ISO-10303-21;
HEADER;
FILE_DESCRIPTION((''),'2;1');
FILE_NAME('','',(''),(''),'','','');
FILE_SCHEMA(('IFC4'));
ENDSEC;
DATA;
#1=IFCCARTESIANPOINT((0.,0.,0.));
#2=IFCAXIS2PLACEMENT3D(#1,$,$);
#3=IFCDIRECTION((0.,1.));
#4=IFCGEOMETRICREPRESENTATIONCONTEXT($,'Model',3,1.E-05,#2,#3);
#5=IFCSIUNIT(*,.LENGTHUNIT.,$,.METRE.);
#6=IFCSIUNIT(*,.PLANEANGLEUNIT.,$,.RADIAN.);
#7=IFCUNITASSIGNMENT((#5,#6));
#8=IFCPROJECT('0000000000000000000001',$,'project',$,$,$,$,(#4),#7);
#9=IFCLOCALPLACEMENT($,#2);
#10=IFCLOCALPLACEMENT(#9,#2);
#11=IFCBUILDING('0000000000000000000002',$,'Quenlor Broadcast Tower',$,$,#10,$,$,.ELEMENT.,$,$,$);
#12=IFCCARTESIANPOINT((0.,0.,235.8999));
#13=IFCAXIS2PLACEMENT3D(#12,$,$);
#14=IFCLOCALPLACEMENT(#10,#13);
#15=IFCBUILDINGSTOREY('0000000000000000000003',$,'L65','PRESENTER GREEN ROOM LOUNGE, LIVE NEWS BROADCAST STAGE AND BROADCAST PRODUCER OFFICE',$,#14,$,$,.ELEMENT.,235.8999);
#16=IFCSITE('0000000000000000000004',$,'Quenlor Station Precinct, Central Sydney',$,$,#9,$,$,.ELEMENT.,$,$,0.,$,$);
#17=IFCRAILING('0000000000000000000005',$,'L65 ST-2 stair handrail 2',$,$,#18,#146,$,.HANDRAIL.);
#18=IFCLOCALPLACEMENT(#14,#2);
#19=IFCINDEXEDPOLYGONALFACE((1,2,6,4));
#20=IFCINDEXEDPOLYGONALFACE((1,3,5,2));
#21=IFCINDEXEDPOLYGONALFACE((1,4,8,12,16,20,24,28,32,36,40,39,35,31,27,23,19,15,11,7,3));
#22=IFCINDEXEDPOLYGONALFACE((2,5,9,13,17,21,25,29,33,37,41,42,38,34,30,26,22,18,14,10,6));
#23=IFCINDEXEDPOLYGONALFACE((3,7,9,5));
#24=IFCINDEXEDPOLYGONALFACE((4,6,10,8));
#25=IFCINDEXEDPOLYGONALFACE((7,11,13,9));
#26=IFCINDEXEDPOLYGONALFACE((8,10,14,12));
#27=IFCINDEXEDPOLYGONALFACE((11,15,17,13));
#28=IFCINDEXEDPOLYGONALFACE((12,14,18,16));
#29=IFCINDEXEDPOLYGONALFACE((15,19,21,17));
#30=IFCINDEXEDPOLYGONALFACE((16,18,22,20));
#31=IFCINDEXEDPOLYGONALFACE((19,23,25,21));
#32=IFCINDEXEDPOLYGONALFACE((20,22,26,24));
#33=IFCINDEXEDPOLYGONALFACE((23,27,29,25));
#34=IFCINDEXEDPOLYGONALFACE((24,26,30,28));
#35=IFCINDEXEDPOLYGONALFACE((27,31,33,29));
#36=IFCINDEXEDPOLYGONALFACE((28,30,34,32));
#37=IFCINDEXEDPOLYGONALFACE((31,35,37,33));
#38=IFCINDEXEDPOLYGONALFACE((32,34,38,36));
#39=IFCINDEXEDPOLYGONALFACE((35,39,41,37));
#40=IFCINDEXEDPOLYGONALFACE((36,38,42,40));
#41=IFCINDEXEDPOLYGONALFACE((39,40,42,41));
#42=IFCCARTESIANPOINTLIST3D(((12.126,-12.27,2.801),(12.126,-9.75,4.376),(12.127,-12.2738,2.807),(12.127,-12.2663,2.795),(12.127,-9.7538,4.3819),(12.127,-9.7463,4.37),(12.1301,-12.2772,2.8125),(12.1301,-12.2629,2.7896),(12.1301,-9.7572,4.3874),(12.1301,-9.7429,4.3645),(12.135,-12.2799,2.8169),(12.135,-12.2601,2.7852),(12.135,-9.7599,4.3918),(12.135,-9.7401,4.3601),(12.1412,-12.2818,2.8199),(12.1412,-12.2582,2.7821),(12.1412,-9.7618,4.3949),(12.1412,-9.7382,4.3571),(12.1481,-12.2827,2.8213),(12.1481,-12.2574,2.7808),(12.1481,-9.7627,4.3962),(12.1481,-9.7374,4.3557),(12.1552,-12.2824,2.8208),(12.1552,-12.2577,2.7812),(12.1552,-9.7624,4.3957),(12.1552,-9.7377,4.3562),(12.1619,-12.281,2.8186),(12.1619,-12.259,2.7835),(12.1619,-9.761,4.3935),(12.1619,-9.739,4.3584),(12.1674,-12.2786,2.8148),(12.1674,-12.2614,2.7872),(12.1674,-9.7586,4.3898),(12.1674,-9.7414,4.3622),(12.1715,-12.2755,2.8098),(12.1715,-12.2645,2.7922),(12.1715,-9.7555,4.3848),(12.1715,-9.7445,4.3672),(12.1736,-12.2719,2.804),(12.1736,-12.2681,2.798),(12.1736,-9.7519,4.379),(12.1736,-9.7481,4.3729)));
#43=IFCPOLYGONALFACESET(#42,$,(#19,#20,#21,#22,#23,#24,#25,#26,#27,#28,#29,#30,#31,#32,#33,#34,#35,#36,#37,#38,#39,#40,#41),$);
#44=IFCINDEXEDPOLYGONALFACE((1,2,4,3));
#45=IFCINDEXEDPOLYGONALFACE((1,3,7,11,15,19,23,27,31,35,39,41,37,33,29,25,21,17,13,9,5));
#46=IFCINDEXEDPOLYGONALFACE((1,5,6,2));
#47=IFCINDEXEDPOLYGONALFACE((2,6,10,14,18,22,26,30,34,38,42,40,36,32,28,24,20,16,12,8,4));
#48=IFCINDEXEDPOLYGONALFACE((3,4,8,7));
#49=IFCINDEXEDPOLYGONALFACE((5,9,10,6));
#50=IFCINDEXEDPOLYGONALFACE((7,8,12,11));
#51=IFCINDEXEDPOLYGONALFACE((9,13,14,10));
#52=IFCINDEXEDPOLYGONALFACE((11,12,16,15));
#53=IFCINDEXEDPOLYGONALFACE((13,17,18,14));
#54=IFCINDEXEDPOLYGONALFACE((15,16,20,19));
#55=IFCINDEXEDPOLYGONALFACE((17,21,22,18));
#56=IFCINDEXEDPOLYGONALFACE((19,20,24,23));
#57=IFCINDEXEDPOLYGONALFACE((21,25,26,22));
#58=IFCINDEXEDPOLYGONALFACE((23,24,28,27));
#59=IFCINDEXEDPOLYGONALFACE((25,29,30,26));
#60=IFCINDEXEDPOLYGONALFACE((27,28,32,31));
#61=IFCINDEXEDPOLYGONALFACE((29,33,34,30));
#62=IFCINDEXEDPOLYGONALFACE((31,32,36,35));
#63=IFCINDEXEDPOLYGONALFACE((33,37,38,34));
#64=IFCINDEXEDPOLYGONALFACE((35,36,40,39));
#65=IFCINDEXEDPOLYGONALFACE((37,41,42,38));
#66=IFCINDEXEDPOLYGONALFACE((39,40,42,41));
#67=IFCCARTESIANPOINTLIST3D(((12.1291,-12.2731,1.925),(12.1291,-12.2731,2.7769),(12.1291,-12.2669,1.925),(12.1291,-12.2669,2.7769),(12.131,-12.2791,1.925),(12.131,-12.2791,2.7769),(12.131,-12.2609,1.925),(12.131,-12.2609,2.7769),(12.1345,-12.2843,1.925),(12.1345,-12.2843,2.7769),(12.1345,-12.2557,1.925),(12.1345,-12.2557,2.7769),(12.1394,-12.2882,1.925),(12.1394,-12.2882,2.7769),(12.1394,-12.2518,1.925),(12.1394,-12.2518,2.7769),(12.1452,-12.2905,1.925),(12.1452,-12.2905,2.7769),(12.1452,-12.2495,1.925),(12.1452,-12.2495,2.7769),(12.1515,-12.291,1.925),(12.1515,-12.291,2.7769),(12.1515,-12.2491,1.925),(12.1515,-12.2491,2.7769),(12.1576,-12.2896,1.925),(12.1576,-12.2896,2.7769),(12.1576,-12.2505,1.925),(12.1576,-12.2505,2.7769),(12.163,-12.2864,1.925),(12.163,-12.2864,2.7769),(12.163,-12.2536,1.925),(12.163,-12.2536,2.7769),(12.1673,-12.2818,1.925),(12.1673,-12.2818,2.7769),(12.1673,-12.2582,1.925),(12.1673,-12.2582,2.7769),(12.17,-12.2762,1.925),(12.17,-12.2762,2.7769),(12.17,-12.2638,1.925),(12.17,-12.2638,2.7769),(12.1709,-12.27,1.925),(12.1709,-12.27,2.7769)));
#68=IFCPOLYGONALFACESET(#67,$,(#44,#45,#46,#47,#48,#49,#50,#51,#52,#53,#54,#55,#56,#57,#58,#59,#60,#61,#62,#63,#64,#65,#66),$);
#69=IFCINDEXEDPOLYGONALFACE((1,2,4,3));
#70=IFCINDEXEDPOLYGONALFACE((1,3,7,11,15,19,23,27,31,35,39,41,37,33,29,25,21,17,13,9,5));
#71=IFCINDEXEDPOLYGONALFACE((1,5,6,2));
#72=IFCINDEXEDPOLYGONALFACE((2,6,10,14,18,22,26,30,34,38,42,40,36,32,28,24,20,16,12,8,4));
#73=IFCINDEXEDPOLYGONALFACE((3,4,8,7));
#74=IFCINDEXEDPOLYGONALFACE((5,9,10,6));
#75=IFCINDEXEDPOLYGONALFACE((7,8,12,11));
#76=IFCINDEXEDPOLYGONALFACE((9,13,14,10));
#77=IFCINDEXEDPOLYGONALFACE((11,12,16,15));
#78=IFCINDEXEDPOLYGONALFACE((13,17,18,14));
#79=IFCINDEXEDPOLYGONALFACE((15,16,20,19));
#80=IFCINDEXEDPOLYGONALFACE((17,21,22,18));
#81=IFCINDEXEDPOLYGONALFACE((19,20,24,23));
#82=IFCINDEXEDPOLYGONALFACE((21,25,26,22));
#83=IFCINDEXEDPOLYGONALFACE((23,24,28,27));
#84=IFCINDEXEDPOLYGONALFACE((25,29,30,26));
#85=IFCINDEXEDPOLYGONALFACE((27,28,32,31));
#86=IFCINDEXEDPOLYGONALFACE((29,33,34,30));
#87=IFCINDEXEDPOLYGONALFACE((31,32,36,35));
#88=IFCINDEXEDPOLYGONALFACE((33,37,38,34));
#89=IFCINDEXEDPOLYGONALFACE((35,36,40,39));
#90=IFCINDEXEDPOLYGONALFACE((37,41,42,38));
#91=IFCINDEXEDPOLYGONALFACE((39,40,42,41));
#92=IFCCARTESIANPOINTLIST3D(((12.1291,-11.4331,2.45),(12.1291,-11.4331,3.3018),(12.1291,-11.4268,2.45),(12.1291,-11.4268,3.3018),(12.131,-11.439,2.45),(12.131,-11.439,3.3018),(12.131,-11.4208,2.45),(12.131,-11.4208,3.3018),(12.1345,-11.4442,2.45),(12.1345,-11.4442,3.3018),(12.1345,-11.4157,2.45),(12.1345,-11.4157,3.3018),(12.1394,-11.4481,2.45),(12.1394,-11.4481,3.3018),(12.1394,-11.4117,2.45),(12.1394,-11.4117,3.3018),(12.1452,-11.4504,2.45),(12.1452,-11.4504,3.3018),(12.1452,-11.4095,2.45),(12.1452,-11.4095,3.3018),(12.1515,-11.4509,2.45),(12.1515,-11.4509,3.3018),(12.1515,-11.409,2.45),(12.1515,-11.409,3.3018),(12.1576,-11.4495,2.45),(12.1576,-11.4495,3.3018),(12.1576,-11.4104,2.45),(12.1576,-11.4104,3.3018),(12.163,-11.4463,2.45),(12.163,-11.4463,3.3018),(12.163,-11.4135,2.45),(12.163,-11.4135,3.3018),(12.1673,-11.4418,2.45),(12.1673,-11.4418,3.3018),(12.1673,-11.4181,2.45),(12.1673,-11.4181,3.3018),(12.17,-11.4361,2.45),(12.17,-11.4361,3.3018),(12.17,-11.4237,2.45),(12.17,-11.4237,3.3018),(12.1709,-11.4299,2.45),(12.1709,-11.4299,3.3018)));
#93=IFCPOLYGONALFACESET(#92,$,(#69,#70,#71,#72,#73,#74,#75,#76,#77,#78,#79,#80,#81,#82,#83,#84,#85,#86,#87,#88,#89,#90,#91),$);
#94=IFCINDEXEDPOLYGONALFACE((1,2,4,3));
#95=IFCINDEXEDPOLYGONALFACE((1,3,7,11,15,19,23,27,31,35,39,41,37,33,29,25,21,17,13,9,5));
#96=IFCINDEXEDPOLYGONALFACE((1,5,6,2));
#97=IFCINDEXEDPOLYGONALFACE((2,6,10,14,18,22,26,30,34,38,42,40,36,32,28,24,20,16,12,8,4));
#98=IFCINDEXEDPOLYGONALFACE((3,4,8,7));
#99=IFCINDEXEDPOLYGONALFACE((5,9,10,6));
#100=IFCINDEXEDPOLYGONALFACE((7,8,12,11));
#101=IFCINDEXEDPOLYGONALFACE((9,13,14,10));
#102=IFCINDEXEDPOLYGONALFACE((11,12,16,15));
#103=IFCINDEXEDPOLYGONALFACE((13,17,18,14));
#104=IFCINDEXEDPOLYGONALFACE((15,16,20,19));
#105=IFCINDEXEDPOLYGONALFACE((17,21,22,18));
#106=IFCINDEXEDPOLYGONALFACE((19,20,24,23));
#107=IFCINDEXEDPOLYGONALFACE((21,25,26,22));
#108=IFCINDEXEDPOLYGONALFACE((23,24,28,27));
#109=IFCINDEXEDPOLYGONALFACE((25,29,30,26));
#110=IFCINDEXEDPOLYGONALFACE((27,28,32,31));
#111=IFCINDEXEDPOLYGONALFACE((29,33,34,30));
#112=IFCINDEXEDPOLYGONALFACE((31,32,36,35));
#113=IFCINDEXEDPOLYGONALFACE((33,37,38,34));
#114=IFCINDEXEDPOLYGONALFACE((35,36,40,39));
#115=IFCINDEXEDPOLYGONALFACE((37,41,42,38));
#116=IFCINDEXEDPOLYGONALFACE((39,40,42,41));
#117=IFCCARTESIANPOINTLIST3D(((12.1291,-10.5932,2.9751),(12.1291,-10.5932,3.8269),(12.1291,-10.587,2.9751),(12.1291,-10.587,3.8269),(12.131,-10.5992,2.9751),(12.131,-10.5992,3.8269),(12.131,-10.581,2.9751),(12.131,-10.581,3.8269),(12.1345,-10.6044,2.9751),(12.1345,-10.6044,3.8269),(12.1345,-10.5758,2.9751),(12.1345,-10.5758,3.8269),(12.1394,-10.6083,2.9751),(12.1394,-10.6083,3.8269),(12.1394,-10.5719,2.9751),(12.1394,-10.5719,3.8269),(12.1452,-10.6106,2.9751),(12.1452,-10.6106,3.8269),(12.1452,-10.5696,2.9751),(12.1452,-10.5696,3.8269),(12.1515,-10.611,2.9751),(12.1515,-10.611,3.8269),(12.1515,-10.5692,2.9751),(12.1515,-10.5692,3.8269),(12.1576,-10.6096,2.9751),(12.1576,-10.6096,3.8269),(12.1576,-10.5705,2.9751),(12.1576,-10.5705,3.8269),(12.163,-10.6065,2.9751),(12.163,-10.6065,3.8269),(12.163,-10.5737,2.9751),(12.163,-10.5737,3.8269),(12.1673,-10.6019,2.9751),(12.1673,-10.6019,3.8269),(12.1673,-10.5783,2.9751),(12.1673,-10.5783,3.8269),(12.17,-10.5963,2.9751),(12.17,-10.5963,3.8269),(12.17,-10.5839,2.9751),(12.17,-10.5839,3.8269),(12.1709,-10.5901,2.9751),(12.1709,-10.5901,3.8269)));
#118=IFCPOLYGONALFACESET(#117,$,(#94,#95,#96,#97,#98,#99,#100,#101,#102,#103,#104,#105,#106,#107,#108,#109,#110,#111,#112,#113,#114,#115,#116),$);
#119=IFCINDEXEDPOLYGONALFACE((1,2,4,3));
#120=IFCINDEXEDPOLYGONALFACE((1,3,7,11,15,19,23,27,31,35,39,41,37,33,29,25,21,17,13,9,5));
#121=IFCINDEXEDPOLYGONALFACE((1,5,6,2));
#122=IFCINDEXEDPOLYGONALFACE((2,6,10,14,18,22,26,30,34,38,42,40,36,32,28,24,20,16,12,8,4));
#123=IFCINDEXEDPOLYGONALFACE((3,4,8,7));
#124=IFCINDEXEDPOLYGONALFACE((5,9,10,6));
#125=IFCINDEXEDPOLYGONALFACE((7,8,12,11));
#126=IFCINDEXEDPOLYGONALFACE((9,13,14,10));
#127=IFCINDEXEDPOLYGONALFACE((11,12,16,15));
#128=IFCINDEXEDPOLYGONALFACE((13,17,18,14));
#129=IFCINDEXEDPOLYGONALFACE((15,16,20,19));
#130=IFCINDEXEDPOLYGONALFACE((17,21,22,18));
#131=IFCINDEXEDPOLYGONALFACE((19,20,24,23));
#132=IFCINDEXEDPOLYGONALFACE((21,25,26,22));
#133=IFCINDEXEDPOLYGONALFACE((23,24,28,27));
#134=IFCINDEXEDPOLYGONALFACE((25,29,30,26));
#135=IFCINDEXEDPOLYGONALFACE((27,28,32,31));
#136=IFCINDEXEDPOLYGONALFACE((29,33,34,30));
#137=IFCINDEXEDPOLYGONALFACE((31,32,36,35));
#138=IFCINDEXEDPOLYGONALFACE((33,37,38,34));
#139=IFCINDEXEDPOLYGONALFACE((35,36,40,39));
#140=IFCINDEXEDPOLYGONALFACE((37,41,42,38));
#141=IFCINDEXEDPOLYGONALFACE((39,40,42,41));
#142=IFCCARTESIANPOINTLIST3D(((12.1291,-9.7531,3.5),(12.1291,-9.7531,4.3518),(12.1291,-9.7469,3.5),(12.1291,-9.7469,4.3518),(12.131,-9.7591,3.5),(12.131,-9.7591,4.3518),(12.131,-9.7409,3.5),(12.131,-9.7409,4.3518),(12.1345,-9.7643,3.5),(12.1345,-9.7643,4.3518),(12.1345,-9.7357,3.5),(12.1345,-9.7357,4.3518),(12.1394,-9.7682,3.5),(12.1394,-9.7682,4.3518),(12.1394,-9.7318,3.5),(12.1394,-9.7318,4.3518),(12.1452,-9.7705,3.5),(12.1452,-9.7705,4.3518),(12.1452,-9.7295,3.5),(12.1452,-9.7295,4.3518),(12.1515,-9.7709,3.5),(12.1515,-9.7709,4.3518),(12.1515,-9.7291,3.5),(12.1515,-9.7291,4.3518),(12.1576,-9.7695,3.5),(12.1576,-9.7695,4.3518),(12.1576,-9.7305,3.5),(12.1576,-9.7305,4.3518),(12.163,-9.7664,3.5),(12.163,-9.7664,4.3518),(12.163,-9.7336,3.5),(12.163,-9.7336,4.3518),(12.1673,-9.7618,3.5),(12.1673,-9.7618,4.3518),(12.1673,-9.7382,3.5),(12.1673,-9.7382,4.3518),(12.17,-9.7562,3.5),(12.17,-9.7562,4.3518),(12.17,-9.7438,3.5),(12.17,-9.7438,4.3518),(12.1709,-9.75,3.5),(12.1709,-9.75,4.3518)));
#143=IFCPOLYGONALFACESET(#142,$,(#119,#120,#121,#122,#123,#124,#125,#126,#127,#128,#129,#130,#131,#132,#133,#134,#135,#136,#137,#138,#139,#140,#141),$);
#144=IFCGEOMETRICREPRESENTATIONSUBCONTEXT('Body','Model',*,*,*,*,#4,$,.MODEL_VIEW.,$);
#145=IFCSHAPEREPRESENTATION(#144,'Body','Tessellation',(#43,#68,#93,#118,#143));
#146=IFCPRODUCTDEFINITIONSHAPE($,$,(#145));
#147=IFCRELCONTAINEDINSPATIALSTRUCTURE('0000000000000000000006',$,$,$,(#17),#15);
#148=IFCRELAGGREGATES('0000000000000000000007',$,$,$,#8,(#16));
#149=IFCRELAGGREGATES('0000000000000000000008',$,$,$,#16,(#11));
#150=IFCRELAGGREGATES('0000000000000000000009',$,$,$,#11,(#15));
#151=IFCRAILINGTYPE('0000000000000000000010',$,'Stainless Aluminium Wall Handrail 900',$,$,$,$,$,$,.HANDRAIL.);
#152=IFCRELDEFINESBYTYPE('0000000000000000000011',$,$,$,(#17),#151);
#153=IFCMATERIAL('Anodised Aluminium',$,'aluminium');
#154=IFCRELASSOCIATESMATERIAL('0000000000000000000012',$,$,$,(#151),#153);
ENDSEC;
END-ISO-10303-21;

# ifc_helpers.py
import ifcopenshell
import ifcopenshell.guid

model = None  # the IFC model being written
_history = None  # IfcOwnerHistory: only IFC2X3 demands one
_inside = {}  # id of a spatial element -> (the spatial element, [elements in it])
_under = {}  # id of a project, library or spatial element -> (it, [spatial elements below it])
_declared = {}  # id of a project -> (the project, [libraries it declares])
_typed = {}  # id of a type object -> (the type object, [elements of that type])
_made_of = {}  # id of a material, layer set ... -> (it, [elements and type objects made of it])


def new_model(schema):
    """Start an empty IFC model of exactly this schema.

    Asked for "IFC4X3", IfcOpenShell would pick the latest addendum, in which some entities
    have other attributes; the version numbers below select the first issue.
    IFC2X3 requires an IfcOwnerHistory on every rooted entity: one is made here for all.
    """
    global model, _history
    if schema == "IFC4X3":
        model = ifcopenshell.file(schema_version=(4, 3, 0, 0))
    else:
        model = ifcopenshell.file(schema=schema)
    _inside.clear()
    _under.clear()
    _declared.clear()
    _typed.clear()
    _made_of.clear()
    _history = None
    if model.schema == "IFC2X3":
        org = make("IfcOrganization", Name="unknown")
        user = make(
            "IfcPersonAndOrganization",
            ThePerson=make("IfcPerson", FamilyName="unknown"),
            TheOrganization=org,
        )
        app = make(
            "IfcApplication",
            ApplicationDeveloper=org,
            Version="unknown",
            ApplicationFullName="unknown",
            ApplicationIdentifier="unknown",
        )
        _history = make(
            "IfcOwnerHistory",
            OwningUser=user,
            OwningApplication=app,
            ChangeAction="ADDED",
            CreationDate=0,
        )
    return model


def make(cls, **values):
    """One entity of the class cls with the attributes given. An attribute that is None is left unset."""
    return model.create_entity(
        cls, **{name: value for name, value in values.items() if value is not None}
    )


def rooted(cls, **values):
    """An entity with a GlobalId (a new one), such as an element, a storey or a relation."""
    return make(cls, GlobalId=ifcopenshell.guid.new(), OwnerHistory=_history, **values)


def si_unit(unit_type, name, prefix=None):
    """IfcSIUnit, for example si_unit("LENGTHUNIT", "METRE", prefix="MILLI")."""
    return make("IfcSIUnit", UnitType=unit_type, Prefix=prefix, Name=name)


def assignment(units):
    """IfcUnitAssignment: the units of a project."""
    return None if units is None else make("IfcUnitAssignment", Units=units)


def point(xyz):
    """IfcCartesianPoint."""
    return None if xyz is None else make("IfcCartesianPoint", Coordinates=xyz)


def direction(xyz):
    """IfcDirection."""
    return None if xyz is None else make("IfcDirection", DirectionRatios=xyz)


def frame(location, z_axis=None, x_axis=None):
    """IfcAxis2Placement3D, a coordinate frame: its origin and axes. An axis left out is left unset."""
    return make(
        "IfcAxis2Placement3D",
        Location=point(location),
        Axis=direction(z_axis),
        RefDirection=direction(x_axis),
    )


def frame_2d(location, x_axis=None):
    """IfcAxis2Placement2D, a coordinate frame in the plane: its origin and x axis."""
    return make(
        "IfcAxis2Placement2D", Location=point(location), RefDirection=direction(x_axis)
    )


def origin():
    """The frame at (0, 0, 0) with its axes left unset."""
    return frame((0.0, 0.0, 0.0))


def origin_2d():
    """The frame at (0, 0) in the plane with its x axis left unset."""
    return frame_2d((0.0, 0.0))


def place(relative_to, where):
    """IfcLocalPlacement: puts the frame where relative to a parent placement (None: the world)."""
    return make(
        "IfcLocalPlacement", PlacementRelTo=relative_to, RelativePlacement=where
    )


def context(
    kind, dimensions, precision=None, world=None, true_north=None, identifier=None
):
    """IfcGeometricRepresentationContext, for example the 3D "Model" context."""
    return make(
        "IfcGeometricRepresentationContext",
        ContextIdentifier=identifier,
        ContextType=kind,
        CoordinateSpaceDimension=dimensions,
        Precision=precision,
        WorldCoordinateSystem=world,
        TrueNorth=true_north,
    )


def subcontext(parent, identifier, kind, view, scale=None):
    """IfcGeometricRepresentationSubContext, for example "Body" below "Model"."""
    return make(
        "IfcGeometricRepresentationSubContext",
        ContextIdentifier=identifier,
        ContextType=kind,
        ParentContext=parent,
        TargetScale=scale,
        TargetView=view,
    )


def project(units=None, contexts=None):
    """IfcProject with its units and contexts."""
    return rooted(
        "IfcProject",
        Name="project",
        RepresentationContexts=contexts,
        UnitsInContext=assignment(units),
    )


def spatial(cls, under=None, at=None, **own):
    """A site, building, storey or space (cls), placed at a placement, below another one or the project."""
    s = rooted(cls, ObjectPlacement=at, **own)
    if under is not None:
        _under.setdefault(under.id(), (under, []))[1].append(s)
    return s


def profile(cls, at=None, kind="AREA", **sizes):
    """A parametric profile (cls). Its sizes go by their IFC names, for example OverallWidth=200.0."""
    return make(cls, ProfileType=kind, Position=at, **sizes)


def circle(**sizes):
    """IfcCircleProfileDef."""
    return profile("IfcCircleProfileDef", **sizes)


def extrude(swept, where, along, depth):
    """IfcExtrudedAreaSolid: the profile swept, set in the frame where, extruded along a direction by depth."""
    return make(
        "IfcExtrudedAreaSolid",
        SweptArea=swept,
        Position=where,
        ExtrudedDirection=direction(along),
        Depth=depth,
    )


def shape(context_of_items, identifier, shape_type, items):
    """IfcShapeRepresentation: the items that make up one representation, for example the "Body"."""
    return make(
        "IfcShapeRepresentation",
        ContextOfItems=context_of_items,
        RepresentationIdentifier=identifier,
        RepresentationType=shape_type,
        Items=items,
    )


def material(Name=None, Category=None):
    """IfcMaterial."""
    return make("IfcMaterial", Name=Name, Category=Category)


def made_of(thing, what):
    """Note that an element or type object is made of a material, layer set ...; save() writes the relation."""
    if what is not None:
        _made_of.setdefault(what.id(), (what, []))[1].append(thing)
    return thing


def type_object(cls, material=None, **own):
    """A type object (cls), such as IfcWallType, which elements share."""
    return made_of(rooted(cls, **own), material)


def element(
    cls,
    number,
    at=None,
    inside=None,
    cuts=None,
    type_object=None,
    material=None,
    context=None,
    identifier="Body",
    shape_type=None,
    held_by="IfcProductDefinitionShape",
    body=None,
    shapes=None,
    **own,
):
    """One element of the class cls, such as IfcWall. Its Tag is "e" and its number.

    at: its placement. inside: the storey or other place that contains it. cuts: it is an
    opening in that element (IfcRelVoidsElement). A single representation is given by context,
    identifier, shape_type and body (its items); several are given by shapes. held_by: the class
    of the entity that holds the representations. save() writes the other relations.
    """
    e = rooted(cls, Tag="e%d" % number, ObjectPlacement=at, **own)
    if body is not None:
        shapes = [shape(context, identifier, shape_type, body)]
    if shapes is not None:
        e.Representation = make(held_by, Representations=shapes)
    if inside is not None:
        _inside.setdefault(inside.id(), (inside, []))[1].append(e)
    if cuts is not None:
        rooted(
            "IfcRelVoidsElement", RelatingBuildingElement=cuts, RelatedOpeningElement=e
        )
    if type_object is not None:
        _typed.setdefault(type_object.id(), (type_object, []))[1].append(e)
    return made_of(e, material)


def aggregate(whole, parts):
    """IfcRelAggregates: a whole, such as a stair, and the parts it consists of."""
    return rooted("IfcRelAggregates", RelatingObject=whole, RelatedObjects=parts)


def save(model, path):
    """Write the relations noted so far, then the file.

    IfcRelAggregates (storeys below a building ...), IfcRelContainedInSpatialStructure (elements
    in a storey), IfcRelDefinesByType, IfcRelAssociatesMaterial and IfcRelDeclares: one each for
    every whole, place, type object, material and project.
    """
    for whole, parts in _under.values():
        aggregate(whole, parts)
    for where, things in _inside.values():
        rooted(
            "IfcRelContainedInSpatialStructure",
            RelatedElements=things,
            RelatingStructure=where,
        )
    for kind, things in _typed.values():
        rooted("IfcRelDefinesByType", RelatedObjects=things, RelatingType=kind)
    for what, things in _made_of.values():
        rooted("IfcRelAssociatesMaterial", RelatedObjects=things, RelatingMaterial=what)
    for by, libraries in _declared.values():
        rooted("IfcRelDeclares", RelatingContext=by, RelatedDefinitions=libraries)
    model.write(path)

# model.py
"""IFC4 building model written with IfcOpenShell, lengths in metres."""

from ifc_helpers import new_model, si_unit, direction, frame, origin, origin_2d, place, context, subcontext, project, spatial, circle, extrude, material, type_object, element, save


model = new_model("IFC4")

# Units and contexts
model_context = context("Model", 3, precision=1e-05, world=origin(), true_north=direction((0.0, 1.0)))
body_context = subcontext(model_context, "Body", "Model", "MODEL_VIEW")
ifc_project = project(units=[si_unit("LENGTHUNIT", "METRE"), si_unit("PLANEANGLEUNIT", "RADIAN")], contexts=[model_context])

# Site, building, storey
site_placement = place(None, origin())
site = spatial("IfcSite", under=ifc_project, at=site_placement, Name="Quenlor Station Precinct, Central Sydney", CompositionType="ELEMENT", RefElevation=0.0)
building_placement = place(site_placement, origin())
building = spatial("IfcBuilding", under=site, at=building_placement, Name="Quenlor Broadcast Tower", CompositionType="ELEMENT")
storey_placement = place(building_placement, frame((0.0, 0.0, 235.8999)))
storey = spatial("IfcBuildingStorey", under=building, at=storey_placement, Name="L65", Description="PRESENTER GREEN ROOM LOUNGE, LIVE NEWS BROADCAST STAGE AND BROADCAST PRODUCER OFFICE", CompositionType="ELEMENT", Elevation=235.8999)

# Railing
ifc_material_1 = material(Name="Anodised Aluminium", Category="aluminium")
railing_type = type_object("IfcRailingType", Name="Stainless Aluminium Wall Handrail 900", PredefinedType="HANDRAIL", material=ifc_material_1)
railing_placement = place(storey_placement, frame((12.1499, -12.27, 1.925)))
element("IfcRailing", 1, at=railing_placement, inside=storey, type_object=railing_type, Name="L65 ST-2 stair handrail 2", PredefinedType="HANDRAIL", context=body_context, shape_type="SweptSolid", body=[
    extrude(circle(Radius=0.0239, at=origin_2d()), frame((0.0, 0.0, 0.876), z_axis=(0.0, 0.848008, 0.529984), x_axis=(-1.0, 0.0, 0.0)), (0.0, 0.0, 1.0), 2.9717),
    extrude(circle(Radius=0.021, at=origin_2d()), origin(), (0.0, 0.0, 1.0), 0.8518),
    extrude(circle(Radius=0.021, at=origin_2d()), frame((0.0, 0.8401, 0.5249)), (0.0, 0.0, 1.0), 0.8518),
    extrude(circle(Radius=0.021, at=origin_2d()), frame((0.0, 1.6799, 1.05)), (0.0, 0.0, 1.0), 0.8518),
    extrude(circle(Radius=0.021, at=origin_2d()), frame((0.0, 2.52, 1.575)), (0.0, 0.0, 1.0), 0.8518),
])

save(model, "model.ifc")
